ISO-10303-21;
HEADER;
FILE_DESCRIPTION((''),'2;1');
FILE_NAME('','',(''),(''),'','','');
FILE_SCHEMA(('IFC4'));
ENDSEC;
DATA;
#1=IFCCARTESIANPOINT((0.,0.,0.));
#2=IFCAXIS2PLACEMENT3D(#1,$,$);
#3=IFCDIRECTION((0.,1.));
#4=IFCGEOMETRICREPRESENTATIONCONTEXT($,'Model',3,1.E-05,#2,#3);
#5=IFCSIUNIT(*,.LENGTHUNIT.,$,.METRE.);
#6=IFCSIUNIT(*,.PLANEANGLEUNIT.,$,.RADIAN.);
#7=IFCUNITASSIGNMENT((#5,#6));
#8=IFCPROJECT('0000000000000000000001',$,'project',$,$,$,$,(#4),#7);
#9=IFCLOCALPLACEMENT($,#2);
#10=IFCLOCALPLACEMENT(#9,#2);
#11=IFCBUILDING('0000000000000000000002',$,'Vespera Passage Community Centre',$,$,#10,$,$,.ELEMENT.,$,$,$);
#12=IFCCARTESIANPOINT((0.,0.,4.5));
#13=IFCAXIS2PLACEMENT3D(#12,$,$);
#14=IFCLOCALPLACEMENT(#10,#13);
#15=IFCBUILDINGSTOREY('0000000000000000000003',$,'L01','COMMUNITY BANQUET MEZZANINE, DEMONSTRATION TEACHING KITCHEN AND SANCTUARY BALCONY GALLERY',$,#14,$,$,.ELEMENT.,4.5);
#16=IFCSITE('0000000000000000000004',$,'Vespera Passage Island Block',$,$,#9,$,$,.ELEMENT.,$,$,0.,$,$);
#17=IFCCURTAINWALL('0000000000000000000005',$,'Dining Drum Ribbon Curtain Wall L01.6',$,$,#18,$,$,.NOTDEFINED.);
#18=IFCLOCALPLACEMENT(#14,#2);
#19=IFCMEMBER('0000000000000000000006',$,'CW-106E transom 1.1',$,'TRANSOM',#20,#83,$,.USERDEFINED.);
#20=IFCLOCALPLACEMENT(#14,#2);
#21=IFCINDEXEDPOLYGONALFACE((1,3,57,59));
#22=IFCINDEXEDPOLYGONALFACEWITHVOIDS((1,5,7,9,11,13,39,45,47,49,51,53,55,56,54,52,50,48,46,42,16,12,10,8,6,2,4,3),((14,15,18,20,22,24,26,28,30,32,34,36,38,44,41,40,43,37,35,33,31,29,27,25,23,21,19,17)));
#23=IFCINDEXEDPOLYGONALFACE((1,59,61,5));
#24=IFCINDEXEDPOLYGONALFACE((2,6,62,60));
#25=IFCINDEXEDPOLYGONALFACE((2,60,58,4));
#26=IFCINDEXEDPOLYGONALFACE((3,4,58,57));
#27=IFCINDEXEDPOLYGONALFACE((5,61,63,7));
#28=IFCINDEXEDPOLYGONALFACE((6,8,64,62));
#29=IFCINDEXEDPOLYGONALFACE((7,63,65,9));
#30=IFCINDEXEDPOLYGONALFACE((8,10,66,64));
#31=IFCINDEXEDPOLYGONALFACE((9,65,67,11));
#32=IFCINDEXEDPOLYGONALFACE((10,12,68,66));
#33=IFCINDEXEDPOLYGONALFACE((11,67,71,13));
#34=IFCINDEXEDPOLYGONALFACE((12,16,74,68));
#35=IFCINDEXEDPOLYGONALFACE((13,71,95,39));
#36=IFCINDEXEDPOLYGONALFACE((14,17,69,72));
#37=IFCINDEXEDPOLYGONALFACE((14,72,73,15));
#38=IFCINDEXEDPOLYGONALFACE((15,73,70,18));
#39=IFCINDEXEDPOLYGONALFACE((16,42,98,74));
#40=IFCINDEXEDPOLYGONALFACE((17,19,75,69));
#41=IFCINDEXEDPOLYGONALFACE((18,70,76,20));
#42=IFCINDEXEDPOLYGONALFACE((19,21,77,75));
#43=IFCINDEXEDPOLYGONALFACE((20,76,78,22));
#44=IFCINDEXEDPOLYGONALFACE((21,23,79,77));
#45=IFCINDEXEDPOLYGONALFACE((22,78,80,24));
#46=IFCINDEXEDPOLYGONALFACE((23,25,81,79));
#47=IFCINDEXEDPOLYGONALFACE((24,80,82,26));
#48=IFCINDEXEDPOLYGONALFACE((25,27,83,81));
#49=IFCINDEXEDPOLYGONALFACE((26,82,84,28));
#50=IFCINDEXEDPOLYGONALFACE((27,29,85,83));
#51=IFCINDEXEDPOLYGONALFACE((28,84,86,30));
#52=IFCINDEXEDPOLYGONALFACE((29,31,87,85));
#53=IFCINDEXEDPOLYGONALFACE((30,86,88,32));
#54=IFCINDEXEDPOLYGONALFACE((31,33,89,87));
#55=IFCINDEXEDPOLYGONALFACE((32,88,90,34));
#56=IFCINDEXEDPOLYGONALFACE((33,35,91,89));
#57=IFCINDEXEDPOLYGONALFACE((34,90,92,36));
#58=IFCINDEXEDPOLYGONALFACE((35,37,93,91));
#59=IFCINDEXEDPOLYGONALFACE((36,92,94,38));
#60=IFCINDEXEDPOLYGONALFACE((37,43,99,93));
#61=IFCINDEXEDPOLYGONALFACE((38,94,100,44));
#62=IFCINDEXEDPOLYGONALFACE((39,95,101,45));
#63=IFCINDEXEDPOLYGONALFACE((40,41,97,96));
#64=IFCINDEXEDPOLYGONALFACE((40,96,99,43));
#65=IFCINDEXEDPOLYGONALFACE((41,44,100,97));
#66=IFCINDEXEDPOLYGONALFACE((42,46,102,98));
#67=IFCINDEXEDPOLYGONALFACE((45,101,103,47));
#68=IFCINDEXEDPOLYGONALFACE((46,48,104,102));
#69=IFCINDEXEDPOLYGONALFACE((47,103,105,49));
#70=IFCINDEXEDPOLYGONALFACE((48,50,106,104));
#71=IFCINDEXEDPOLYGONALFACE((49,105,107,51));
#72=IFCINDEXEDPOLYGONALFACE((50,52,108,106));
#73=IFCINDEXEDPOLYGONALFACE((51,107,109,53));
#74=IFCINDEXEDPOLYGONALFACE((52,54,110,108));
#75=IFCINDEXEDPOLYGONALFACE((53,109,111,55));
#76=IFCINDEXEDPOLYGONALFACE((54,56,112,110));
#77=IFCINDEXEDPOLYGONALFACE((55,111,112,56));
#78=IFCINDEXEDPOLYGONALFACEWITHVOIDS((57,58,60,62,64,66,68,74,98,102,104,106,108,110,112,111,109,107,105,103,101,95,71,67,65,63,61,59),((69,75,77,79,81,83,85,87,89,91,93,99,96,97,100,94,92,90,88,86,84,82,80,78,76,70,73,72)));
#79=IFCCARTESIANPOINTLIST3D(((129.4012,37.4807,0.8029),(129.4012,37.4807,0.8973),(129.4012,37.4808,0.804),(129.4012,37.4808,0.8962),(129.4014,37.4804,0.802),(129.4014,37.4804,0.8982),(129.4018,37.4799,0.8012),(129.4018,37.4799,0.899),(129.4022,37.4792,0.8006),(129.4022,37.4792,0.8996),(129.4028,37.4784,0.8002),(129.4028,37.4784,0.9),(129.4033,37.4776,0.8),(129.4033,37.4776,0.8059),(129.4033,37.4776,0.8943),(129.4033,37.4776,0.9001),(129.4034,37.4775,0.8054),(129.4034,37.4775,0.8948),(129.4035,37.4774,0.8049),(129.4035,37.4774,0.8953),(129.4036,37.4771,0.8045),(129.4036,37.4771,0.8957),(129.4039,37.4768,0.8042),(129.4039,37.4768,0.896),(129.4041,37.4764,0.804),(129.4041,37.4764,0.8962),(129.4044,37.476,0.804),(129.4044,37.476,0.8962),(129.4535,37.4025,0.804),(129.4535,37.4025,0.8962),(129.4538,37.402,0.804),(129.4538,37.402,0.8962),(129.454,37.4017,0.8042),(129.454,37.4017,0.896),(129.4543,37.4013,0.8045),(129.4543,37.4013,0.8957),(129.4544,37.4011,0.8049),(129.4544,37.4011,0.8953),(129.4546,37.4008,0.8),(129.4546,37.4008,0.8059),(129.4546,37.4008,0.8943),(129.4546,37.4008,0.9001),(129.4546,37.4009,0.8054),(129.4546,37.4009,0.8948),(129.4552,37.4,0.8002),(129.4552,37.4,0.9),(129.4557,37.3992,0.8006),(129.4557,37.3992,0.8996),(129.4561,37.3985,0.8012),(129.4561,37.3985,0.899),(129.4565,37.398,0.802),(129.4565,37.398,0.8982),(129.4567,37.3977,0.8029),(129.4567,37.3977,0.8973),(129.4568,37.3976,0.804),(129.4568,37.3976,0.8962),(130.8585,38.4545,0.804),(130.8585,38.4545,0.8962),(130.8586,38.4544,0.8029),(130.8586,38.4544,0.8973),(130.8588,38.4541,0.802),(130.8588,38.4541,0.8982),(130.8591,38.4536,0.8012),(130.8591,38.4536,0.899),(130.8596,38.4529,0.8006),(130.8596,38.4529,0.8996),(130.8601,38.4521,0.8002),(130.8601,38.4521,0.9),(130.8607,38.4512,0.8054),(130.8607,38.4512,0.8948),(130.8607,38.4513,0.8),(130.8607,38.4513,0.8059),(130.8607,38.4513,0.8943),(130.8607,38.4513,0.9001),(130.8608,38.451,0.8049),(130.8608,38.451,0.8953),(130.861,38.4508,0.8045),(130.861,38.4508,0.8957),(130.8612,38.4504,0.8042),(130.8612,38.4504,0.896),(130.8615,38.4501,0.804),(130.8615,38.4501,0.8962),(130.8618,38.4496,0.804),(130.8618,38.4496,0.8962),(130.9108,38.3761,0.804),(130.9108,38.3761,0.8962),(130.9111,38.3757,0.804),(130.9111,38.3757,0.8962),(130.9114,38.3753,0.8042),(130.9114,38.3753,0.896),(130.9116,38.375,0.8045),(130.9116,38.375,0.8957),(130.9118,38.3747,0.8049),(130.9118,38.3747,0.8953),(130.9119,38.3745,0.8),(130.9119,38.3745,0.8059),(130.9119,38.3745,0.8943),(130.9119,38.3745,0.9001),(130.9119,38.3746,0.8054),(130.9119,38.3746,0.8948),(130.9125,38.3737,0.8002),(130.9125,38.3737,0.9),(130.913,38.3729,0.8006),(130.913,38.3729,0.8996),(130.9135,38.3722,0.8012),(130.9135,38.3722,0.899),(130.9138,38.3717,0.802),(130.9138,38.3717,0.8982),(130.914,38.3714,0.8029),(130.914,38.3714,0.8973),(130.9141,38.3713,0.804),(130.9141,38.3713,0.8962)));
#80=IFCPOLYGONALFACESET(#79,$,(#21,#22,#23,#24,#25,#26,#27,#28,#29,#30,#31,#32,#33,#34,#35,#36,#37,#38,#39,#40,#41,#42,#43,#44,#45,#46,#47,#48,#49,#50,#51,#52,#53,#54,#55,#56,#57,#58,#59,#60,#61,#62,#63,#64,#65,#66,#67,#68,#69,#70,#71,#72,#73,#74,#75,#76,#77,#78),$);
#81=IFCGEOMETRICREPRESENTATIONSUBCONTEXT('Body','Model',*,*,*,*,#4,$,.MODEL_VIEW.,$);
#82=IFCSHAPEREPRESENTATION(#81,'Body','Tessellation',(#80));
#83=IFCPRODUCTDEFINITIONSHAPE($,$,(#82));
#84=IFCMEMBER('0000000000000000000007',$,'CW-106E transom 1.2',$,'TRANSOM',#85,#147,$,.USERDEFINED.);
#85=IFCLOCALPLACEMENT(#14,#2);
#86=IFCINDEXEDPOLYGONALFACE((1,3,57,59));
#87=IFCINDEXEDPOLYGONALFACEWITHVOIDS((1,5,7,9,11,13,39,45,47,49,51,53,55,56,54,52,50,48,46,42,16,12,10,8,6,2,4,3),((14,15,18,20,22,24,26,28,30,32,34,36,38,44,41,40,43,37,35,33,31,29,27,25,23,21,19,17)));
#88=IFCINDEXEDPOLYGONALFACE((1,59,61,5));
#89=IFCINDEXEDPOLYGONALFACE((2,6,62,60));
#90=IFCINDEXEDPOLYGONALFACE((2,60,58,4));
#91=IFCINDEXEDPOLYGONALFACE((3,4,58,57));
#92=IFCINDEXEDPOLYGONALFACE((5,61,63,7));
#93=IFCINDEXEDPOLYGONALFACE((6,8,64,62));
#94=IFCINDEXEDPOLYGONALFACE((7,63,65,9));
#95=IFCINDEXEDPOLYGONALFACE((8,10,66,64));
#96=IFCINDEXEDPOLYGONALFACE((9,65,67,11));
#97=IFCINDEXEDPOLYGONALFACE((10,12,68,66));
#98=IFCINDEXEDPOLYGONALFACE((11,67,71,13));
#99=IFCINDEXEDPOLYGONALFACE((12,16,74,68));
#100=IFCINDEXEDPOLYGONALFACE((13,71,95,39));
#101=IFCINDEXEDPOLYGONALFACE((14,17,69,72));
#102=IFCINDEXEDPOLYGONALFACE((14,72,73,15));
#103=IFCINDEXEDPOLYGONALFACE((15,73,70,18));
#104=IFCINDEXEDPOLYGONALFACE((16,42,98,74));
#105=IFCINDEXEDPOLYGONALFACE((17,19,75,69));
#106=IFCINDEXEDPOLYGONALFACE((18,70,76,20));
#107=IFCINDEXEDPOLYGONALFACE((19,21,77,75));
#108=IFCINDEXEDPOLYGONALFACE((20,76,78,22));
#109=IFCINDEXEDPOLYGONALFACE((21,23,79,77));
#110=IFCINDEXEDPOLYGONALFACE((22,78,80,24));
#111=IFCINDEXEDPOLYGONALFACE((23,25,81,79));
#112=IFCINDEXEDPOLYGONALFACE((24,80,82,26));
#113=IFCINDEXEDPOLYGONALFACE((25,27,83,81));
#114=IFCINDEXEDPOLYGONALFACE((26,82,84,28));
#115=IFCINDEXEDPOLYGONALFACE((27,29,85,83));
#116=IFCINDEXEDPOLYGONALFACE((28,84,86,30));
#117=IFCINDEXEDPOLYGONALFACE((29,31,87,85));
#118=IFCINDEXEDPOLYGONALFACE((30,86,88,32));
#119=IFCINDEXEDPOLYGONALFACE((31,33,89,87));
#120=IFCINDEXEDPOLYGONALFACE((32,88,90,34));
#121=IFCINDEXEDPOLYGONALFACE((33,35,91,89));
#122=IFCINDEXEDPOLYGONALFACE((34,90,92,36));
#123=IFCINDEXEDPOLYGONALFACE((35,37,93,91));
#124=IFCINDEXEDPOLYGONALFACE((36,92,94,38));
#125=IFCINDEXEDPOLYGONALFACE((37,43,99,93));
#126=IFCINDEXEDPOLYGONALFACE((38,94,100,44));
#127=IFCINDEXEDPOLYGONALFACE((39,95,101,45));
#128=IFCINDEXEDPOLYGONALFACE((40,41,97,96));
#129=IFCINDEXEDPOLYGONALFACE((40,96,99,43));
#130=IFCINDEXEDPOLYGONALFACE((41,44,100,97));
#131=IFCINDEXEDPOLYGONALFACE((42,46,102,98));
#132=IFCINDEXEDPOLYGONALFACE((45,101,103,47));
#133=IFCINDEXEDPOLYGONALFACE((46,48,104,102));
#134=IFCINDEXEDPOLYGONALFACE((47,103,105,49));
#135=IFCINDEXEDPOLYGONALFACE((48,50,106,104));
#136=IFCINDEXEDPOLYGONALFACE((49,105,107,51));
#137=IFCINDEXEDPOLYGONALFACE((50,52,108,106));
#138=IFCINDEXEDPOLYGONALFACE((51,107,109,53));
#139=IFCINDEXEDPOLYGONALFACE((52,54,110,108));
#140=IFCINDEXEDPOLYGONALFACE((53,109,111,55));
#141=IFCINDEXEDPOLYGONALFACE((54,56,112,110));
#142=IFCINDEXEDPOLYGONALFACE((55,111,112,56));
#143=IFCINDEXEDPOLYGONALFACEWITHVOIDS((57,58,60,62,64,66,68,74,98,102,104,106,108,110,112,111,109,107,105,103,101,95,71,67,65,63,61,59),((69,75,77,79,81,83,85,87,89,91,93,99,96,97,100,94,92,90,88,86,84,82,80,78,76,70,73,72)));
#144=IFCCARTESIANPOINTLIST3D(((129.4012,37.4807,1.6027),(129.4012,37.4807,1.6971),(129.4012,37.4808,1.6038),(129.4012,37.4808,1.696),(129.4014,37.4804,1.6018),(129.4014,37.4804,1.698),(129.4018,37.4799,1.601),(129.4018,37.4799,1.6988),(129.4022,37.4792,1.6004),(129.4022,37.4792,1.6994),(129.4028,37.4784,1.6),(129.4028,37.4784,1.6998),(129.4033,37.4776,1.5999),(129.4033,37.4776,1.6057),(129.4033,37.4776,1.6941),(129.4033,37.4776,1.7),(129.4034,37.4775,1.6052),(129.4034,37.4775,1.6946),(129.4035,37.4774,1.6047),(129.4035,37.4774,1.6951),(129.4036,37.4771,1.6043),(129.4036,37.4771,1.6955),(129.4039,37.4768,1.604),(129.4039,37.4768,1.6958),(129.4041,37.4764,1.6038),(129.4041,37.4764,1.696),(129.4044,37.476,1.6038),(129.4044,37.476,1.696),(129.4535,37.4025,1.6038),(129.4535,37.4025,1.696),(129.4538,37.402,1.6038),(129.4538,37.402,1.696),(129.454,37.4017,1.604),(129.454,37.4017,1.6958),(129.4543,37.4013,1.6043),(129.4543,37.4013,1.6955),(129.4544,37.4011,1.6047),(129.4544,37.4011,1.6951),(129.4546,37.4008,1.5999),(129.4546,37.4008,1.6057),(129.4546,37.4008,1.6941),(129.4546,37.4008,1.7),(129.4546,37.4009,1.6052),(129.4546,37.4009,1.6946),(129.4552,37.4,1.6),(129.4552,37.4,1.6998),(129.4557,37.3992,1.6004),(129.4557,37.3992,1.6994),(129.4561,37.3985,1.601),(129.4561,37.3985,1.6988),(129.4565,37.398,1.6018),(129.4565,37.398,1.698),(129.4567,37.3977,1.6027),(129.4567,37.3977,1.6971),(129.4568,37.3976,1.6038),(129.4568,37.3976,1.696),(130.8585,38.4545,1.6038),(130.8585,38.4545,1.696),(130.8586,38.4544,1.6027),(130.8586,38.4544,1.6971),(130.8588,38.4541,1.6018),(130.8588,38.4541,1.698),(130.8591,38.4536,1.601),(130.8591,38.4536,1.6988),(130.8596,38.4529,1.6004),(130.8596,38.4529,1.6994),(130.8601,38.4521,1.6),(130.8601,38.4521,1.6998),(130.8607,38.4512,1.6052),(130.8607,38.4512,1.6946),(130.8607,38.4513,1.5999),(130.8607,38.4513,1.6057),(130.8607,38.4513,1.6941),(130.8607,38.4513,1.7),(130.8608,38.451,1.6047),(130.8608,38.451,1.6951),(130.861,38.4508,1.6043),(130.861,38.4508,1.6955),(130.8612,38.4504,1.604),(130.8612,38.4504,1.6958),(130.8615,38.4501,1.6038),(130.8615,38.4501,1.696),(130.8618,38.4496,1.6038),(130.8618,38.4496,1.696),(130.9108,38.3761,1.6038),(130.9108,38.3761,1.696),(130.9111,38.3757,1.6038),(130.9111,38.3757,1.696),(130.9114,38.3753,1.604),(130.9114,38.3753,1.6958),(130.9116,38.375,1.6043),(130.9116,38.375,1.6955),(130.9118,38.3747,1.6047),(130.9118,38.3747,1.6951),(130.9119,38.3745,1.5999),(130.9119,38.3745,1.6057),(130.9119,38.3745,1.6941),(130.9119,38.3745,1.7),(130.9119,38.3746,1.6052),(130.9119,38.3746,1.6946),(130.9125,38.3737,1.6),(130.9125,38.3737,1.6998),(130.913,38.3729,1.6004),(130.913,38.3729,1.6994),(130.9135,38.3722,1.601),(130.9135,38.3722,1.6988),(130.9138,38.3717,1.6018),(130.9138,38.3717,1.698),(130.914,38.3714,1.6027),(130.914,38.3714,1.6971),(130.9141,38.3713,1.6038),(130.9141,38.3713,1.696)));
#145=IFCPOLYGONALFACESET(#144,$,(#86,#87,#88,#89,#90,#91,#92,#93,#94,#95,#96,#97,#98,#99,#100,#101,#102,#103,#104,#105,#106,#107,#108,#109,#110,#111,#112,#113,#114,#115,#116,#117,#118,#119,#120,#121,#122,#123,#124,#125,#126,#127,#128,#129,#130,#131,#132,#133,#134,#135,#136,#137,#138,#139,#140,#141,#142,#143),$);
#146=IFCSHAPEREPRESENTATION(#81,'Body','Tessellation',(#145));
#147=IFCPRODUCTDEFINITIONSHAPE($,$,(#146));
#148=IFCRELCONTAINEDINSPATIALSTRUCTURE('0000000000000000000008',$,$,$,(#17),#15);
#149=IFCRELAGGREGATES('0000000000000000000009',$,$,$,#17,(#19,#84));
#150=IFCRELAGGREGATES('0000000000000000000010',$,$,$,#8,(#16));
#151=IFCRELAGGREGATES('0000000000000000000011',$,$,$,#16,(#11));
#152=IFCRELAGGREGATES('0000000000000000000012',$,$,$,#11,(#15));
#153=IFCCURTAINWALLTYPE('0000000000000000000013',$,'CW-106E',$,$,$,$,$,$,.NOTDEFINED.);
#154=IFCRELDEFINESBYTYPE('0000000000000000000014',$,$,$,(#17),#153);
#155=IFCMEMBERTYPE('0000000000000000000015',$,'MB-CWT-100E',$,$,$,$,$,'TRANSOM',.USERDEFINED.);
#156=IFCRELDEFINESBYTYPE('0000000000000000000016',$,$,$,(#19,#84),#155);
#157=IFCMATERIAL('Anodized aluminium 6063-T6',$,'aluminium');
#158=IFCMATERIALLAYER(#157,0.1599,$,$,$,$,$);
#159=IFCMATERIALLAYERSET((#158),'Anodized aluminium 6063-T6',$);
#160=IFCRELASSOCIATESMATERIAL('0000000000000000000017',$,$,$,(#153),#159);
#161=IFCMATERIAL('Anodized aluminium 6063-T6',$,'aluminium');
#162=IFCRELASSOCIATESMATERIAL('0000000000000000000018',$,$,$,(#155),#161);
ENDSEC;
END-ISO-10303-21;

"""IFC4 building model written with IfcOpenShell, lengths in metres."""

from ifc_helpers import new_model, si_unit, direction, frame, origin, origin_2d, place, context, subcontext, project, spatial, hollow_rectangle, extrude, material, layer, layer_set, material_profile, profile_set, type_object, element, aggregate, save


model = new_model("IFC4")

# Units and contexts
model_context = context("Model", 3, precision=1e-05, world=origin(), true_north=direction((0.0, 1.0)))
body_context = subcontext(model_context, "Body", "Model", "MODEL_VIEW")
ifc_project = project(units=[si_unit("LENGTHUNIT", "METRE"), si_unit("PLANEANGLEUNIT", "RADIAN")], contexts=[model_context])

# Site, building, storey
site_placement = place(None, origin())
site = spatial("IfcSite", under=ifc_project, at=site_placement, Name="Vespera Passage Island Block", CompositionType="ELEMENT", RefElevation=0.0)
building_placement = place(site_placement, origin())
building = spatial("IfcBuilding", under=site, at=building_placement, Name="Vespera Passage Community Centre", CompositionType="ELEMENT")
storey_placement = place(building_placement, frame((0.0, 0.0, 4.5)))
storey = spatial("IfcBuildingStorey", under=building, at=storey_placement, Name="L01", Description="COMMUNITY BANQUET MEZZANINE, DEMONSTRATION TEACHING KITCHEN AND SANCTUARY BALCONY GALLERY", CompositionType="ELEMENT", Elevation=4.5)

# Curtain wall, members
ifc_material_1 = material(Name="Anodized aluminium 6063-T6", Category="aluminium")
ifc_layer_1 = layer(ifc_material_1, 0.1599)
ifc_layer_set_1 = layer_set([ifc_layer_1], Name="Anodized aluminium 6063-T6")
curtain_wall_type = type_object("IfcCurtainWallType", Name="CW-106E", PredefinedType="NOTDEFINED", material=ifc_layer_set_1)
curtain_wall_placement = place(storey_placement, origin())
curtain_wall = element("IfcCurtainWall", 1, at=curtain_wall_placement, inside=storey, type_object=curtain_wall_type, Name="Dining Drum Ribbon Curtain Wall L01.6", PredefinedType="NOTDEFINED")
ifc_material_2 = material(Name="Anodized aluminium 6063-T6", Category="aluminium")
ifc_material_profile_1 = material_profile(ifc_material_2, hollow_rectangle(XDim=0.1001, YDim=0.1001, WallThickness=0.0039, InnerFilletRadius=0.002, OuterFilletRadius=0.0039, at=origin_2d()), Name="ALU100X100X4")
ifc_profile_set_1 = profile_set([ifc_material_profile_1], Name="Anodized aluminium 6063-T6")
member_type_1 = type_object("IfcMemberType", Name="MB-CWT-100E", ElementType="TRANSOM", PredefinedType="USERDEFINED", material=ifc_profile_set_1)
member_1_placement = place(storey_placement, frame((129.429, 37.4392, 0.8501), z_axis=(0.831493, 0.555536, 0.0), x_axis=(-0.555536, 0.831493, 0.0)))
member_1 = element("IfcMember", 2, at=member_1_placement, type_object=member_type_1, Name="CW-106E transom 1.1", ObjectType="TRANSOM", PredefinedType="USERDEFINED", context=body_context, shape_type="SweptSolid", body=[
    extrude(hollow_rectangle(XDim=0.1001, YDim=0.1001, WallThickness=0.0039, InnerFilletRadius=0.002, OuterFilletRadius=0.0039, at=origin_2d()), origin(), (0.0, 0.0, 1.0), 1.7527),
])
member_2_placement = place(storey_placement, frame((129.429, 37.4392, 1.6499), z_axis=(0.831493, 0.555536, 0.0), x_axis=(-0.555536, 0.831493, 0.0)))
member_2 = element("IfcMember", 3, at=member_2_placement, type_object=member_type_1, Name="CW-106E transom 1.2", ObjectType="TRANSOM", PredefinedType="USERDEFINED", context=body_context, shape_type="SweptSolid", body=[
    extrude(hollow_rectangle(XDim=0.1001, YDim=0.1001, WallThickness=0.0039, InnerFilletRadius=0.002, OuterFilletRadius=0.0039, at=origin_2d()), origin(), (0.0, 0.0, 1.0), 1.7527),
])
aggregate(curtain_wall, [member_1, member_2])

save(model, "model.ifc")
